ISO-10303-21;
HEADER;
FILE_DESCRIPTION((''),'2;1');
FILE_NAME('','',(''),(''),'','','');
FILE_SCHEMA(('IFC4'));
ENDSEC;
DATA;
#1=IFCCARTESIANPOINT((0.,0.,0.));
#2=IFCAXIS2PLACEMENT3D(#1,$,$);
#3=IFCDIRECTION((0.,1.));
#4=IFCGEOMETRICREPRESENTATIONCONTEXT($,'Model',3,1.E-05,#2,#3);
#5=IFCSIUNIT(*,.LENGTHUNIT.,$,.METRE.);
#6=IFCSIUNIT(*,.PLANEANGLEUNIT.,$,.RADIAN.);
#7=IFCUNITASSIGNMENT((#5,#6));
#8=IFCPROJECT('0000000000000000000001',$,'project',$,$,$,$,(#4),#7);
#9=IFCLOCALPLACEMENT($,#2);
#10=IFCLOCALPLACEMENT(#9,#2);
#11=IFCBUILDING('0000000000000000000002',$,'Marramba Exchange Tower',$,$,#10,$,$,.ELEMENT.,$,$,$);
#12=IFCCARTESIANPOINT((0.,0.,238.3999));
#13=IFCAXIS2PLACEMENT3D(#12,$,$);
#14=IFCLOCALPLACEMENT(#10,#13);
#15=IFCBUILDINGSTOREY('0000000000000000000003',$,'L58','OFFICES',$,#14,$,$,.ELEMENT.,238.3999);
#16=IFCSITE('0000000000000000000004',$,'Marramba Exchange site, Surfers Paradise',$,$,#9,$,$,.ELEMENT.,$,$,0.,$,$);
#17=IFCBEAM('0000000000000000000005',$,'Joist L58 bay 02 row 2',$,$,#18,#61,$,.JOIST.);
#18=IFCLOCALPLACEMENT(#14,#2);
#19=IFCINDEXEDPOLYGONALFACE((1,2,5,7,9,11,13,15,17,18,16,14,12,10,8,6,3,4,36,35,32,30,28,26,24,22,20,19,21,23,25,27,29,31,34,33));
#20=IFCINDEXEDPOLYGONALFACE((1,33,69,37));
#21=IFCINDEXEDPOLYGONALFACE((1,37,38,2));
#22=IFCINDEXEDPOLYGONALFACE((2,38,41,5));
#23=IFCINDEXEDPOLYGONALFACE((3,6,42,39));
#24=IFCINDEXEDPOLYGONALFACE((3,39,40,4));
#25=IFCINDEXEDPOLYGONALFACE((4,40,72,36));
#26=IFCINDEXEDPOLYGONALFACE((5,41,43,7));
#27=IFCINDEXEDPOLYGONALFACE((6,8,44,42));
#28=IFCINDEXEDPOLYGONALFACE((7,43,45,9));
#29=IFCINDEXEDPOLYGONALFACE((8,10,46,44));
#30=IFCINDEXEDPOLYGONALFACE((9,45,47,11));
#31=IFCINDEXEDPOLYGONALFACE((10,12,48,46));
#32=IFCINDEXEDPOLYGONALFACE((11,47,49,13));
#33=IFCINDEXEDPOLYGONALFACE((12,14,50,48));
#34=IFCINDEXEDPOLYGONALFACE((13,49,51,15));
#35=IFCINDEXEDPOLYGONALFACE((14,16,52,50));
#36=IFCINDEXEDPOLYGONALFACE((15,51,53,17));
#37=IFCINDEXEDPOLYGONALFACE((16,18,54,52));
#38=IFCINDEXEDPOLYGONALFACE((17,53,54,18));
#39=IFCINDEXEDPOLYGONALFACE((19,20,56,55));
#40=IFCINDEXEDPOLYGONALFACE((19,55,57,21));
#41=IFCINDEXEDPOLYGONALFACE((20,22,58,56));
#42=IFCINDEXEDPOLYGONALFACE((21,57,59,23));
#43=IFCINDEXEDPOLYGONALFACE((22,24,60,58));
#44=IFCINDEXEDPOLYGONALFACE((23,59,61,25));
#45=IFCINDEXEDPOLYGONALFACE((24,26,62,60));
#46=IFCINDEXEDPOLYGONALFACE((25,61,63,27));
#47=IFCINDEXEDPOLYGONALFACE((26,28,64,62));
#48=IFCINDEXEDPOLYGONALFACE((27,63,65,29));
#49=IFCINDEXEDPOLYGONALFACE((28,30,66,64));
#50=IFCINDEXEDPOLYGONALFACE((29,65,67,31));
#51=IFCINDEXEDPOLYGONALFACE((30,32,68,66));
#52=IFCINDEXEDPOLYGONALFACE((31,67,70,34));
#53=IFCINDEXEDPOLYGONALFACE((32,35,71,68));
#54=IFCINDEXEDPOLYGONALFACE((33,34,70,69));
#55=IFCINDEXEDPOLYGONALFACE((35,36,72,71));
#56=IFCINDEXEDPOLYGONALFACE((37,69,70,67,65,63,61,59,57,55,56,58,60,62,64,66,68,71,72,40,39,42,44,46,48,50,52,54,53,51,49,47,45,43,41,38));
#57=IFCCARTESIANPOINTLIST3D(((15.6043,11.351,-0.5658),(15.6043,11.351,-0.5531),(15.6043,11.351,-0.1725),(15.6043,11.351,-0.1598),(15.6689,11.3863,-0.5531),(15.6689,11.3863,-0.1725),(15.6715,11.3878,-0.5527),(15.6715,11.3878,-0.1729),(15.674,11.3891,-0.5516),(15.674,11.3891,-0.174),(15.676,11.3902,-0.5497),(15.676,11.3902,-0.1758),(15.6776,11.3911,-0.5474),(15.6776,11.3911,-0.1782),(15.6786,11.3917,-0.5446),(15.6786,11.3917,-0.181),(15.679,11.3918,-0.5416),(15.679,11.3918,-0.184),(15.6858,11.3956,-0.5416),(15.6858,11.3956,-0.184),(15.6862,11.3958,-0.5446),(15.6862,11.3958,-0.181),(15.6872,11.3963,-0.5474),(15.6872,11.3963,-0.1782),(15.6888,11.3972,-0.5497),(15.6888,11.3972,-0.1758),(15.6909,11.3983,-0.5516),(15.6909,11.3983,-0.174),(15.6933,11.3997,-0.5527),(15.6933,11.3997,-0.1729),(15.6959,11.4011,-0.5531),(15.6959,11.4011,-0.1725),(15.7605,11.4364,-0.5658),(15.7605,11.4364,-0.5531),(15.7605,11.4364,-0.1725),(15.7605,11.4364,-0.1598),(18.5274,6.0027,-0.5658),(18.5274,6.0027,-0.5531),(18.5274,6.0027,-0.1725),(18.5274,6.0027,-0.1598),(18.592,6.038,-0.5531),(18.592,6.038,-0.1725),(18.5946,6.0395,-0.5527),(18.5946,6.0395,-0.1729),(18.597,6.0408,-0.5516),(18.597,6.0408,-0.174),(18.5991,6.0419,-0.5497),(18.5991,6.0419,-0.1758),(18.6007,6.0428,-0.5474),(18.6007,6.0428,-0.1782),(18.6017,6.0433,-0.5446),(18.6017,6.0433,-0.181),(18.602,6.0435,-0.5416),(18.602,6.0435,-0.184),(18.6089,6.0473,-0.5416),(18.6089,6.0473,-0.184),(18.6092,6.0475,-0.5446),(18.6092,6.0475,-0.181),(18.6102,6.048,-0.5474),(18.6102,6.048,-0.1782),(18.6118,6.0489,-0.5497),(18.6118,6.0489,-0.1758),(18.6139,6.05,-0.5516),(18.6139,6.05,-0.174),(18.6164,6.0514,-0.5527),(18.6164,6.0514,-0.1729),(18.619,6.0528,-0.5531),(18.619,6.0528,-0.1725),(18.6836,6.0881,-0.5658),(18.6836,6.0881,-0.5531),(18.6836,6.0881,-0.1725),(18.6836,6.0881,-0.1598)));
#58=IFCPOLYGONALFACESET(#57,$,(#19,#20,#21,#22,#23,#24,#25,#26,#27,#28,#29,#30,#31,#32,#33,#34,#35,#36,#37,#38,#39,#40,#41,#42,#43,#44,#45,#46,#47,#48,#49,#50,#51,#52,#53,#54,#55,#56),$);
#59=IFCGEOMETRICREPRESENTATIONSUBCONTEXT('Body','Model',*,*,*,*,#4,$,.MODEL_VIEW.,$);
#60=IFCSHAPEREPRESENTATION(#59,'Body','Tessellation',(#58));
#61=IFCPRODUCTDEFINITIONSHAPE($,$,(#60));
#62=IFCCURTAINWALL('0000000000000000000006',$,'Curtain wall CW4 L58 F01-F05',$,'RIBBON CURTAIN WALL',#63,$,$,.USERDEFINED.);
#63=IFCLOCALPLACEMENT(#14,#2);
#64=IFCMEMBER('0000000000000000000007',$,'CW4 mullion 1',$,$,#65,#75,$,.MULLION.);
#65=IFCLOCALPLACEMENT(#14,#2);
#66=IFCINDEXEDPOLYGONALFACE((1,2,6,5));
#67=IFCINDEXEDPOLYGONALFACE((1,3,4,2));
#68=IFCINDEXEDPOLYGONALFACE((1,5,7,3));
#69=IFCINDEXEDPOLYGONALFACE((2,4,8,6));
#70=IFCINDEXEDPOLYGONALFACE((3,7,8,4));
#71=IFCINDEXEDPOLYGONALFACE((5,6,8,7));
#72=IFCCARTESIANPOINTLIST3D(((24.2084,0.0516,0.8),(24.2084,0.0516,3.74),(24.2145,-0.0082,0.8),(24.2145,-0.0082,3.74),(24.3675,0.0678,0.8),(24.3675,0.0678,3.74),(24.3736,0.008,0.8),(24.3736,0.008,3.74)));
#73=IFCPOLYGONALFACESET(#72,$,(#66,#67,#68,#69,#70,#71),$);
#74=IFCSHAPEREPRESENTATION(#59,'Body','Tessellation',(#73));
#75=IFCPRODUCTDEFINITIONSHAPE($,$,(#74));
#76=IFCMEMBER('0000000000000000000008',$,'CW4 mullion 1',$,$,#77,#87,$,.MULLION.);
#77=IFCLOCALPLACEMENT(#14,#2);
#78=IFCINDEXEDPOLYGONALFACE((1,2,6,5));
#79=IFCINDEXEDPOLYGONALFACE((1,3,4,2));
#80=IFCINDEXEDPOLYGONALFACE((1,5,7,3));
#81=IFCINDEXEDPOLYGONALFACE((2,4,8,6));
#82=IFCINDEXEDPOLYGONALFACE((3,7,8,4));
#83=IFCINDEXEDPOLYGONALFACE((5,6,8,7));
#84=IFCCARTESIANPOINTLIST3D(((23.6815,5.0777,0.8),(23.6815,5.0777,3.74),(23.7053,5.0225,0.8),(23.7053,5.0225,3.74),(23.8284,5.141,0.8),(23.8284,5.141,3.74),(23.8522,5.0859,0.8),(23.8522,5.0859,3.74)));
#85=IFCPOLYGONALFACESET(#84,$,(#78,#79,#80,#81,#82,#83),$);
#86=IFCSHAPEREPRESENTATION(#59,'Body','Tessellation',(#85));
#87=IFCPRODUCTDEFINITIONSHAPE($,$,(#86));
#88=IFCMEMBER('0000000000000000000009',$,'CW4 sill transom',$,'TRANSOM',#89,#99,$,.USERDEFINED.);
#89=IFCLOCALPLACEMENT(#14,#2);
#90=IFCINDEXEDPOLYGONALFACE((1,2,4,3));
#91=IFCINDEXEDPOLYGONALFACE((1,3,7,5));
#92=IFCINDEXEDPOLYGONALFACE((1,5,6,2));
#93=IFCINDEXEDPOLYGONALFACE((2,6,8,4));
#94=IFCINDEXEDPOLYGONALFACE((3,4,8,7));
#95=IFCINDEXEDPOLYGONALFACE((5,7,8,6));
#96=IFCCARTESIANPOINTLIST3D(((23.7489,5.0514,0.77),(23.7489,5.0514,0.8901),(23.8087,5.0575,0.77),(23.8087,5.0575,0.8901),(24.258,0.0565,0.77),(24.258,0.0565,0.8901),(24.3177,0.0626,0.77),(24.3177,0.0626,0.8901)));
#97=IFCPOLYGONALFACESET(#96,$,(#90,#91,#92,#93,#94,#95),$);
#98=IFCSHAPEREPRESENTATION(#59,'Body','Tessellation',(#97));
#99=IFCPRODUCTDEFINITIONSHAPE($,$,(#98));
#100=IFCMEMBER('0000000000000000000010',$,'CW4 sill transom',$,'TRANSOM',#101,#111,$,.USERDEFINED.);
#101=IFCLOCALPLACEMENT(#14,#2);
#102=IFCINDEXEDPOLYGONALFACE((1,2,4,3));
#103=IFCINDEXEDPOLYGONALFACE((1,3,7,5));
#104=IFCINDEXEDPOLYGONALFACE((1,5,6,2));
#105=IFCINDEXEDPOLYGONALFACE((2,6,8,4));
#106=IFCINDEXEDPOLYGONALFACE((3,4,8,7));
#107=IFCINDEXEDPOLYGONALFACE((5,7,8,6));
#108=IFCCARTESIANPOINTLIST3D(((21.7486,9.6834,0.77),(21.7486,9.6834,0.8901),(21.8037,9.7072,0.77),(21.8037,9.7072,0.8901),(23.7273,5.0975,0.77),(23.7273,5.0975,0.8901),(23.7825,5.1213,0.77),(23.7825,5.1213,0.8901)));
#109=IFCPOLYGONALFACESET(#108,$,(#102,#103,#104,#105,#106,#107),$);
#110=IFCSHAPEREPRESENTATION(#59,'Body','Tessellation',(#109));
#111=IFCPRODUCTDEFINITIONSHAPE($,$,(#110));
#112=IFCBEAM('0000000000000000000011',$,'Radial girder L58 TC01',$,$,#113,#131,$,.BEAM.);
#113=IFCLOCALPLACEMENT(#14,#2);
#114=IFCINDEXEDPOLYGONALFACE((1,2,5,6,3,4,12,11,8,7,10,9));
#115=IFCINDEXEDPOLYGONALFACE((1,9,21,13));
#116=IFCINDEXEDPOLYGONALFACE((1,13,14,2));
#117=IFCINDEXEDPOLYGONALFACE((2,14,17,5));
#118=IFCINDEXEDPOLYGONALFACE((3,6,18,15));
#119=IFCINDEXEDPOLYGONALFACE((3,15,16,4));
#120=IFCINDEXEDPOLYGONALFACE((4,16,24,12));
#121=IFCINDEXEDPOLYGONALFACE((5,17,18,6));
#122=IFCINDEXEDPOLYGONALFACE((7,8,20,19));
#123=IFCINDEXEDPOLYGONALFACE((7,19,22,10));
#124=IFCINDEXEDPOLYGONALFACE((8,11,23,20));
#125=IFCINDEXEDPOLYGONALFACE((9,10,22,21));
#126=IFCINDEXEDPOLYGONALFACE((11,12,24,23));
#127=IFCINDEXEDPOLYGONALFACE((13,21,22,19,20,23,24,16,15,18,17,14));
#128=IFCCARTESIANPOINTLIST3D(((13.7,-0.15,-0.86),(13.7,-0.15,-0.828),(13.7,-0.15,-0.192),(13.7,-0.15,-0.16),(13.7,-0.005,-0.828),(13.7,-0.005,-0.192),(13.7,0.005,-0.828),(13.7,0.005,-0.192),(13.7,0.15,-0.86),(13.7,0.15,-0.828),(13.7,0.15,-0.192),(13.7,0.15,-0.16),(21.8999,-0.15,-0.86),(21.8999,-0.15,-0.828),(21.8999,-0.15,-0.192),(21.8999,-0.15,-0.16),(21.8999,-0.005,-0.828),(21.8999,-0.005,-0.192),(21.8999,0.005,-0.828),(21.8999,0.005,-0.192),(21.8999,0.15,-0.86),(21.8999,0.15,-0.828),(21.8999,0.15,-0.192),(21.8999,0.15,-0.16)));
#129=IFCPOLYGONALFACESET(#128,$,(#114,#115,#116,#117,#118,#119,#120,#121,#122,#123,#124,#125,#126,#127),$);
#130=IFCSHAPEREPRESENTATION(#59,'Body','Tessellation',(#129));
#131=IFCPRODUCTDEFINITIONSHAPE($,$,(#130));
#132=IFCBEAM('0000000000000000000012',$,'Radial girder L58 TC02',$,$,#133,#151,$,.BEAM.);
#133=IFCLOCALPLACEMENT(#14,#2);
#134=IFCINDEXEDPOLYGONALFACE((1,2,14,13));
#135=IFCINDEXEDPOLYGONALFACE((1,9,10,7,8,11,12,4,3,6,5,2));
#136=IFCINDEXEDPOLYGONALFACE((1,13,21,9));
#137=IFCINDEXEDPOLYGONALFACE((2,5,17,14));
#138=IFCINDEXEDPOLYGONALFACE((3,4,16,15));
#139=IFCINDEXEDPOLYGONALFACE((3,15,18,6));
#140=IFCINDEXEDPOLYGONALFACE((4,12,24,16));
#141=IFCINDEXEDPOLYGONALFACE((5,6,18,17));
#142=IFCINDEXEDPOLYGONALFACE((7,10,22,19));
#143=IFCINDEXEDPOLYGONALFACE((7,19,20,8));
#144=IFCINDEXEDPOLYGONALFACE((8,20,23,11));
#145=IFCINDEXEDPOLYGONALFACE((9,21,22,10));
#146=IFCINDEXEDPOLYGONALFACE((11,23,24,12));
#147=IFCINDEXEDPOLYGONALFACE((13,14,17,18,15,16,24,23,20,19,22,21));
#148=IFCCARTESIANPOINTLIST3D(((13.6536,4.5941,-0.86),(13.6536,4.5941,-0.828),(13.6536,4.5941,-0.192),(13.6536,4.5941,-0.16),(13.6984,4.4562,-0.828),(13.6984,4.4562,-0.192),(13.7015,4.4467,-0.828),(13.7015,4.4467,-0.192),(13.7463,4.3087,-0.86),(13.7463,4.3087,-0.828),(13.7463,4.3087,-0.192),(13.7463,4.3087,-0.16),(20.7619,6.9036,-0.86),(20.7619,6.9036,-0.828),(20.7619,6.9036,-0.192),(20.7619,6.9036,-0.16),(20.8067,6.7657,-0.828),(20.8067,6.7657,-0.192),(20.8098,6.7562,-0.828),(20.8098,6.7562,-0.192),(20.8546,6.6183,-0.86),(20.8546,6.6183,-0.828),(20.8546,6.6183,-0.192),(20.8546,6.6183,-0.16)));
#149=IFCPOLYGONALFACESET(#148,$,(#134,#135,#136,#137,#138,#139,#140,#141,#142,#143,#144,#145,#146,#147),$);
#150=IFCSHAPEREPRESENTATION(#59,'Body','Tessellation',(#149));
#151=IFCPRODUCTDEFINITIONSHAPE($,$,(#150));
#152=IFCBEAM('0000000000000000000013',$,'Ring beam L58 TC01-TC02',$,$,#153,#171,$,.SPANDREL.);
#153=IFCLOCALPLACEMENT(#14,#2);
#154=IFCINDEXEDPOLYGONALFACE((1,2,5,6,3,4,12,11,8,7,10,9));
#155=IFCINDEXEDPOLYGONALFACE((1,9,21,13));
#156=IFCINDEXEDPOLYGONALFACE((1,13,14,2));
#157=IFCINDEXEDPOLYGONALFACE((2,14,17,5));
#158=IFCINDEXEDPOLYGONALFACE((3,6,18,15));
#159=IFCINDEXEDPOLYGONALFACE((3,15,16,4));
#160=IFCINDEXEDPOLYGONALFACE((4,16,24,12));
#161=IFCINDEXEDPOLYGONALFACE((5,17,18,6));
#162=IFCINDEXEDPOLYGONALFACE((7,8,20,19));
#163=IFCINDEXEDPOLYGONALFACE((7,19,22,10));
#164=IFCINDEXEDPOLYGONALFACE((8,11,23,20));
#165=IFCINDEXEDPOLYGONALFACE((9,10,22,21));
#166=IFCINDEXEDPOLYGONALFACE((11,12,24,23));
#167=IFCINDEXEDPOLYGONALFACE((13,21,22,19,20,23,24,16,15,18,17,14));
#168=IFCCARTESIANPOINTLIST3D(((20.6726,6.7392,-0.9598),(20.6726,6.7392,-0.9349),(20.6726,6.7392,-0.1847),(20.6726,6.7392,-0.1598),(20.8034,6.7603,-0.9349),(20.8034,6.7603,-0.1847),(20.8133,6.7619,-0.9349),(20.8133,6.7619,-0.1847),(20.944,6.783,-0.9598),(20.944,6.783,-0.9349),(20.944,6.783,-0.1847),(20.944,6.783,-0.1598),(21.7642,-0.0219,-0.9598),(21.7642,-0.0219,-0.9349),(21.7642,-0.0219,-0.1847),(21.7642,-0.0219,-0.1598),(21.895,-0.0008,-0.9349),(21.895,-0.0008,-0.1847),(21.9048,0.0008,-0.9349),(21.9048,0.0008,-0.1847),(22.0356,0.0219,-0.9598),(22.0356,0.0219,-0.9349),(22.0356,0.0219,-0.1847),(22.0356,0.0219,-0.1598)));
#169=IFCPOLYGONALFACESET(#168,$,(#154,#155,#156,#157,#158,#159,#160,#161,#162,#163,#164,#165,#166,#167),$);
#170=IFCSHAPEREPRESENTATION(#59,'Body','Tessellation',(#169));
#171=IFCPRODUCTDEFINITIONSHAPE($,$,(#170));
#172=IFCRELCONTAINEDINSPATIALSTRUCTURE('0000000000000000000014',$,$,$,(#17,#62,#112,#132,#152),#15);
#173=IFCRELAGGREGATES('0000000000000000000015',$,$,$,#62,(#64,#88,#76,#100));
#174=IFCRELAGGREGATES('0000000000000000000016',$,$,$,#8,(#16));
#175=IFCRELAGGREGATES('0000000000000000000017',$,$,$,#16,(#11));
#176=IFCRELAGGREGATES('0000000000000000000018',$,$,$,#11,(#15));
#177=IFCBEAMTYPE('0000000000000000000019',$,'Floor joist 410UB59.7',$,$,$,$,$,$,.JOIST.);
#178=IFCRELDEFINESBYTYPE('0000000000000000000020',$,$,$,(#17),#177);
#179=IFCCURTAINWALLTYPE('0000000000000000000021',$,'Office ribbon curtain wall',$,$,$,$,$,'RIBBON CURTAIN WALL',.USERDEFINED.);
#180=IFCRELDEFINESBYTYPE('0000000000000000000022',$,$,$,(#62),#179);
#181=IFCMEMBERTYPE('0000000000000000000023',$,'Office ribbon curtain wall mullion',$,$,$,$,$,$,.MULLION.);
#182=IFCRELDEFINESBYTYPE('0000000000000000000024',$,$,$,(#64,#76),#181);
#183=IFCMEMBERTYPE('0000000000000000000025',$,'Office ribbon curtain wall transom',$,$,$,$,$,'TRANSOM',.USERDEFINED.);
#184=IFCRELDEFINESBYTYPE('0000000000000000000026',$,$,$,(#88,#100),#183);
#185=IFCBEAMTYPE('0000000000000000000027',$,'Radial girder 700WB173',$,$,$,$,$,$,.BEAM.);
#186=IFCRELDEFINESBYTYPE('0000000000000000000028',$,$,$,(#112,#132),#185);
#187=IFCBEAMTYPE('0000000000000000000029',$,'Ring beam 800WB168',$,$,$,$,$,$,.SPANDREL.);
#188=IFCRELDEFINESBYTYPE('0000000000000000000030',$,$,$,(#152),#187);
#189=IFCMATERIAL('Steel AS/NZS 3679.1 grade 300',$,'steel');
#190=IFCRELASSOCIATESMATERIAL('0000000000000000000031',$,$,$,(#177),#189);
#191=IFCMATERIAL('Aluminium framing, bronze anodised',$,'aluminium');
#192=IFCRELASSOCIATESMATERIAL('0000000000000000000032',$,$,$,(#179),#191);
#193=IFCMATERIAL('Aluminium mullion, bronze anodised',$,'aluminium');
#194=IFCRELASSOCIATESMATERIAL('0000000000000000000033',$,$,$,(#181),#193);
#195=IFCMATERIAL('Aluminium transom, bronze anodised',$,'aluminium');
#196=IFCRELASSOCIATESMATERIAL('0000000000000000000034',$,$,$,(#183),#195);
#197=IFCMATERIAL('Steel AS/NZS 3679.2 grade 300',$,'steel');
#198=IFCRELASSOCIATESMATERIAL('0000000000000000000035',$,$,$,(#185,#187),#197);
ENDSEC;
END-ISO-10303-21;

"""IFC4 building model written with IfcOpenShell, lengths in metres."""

from ifc_helpers import new_model, si_unit, direction, frame, origin, origin_2d, place, context, subcontext, project, spatial, rectangle, i_section, extrude, material, material_profile, profile_set, type_object, element, aggregate, save


model = new_model("IFC4")

# Units and contexts
model_context = context("Model", 3, precision=1e-05, world=origin(), true_north=direction((0.0, 1.0)))
body_context = subcontext(model_context, "Body", "Model", "MODEL_VIEW")
ifc_project = project(units=[si_unit("LENGTHUNIT", "METRE"), si_unit("PLANEANGLEUNIT", "RADIAN")], contexts=[model_context])

# Site, building, storey
site_placement = place(None, origin())
site = spatial("IfcSite", under=ifc_project, at=site_placement, Name="Marramba Exchange site, Surfers Paradise", CompositionType="ELEMENT", RefElevation=0.0)
building_placement = place(site_placement, origin())
building = spatial("IfcBuilding", under=site, at=building_placement, Name="Marramba Exchange Tower", CompositionType="ELEMENT")
storey_placement = place(building_placement, frame((0.0, 0.0, 238.3999)))
storey = spatial("IfcBuildingStorey", under=building, at=storey_placement, Name="L58", Description="OFFICES", CompositionType="ELEMENT", Elevation=238.3999)

# Beam
ifc_material_1 = material(Name="Steel AS/NZS 3679.2 grade 300", Category="steel")
ifc_material_2 = material(Name="Steel AS/NZS 3679.1 grade 300", Category="steel")
ifc_material_profile_1 = material_profile(ifc_material_2, i_section(OverallWidth=0.178, OverallDepth=0.406, WebThickness=0.0078, FlangeThickness=0.0127, FilletRadius=0.0115, at=origin_2d()), Name="410UB59.7")
ifc_profile_set_1 = profile_set([ifc_material_profile_1], Name="Steel AS/NZS 3679.1 grade 300")
beam_type_1 = type_object("IfcBeamType", Name="Floor joist 410UB59.7", PredefinedType="JOIST", material=ifc_profile_set_1)
beam_1_placement = place(storey_placement, frame((18.6055, 6.0454, -0.3628), z_axis=(-0.479584, 0.877496, 0.0), x_axis=(-0.877496, -0.479584, 0.0)))
element("IfcBeam", 1, at=beam_1_placement, inside=storey, type_object=beam_type_1, Name="Joist L58 bay 02 row 2", PredefinedType="JOIST", context=body_context, shape_type="SweptSolid", body=[
    extrude(i_section(OverallWidth=0.178, OverallDepth=0.406, WebThickness=0.0078, FlangeThickness=0.0127, FilletRadius=0.0115, at=origin_2d()), origin(), (0.0, 0.0, 1.0), 6.095),
])

# Curtain wall, members
ifc_material_3 = material(Name="Aluminium framing, bronze anodised", Category="aluminium")
curtain_wall_type = type_object("IfcCurtainWallType", Name="Office ribbon curtain wall", ElementType="RIBBON CURTAIN WALL", PredefinedType="USERDEFINED", material=ifc_material_3)
curtain_wall_placement = place(storey_placement, origin())
curtain_wall = element("IfcCurtainWall", 2, at=curtain_wall_placement, inside=storey, type_object=curtain_wall_type, Name="Curtain wall CW4 L58 F01-F05", ObjectType="RIBBON CURTAIN WALL", PredefinedType="USERDEFINED")
ifc_material_4 = material(Name="Aluminium mullion, bronze anodised", Category="aluminium")
ifc_material_profile_2 = material_profile(ifc_material_4, rectangle(XDim=0.1599, YDim=0.0601, at=origin_2d()), Name="CW4 mullion 60x160")
ifc_profile_set_2 = profile_set([ifc_material_profile_2], Name="Aluminium mullion, bronze anodised")
member_type_1 = type_object("IfcMemberType", Name="Office ribbon curtain wall mullion", PredefinedType="MULLION", material=ifc_profile_set_2)
member_1_placement = place(storey_placement, frame((24.291, 0.0298, 0.8), z_axis=(0.0, 0.0, 1.0), x_axis=(-0.994843, -0.101422, 0.0)))
member_1 = element("IfcMember", 3, at=member_1_placement, type_object=member_type_1, Name="CW4 mullion 1", PredefinedType="MULLION", context=body_context, shape_type="SweptSolid", body=[
    extrude(rectangle(XDim=0.1599, YDim=0.0601, at=origin_2d()), origin(), (0.0, 0.0, 1.0), 2.9399),
])
member_2_placement = place(storey_placement, frame((23.7668, 5.0818, 0.8), z_axis=(0.0, 0.0, 1.0), x_axis=(-0.918167, -0.396193, 0.0)))
member_2 = element("IfcMember", 4, at=member_2_placement, type_object=member_type_1, Name="CW4 mullion 1", PredefinedType="MULLION", context=body_context, shape_type="SweptSolid", body=[
    extrude(rectangle(XDim=0.1599, YDim=0.0601, at=origin_2d()), origin(), (0.0, 0.0, 1.0), 2.9399),
])
ifc_material_5 = material(Name="Aluminium transom, bronze anodised", Category="aluminium")
ifc_material_profile_3 = material_profile(ifc_material_5, rectangle(XDim=0.0601, YDim=0.1201, at=origin_2d()), Name="CW4 transom 60x120")
ifc_profile_set_3 = profile_set([ifc_material_profile_3], Name="Aluminium transom, bronze anodised")
member_type_2 = type_object("IfcMemberType", Name="Office ribbon curtain wall transom", ElementType="TRANSOM", PredefinedType="USERDEFINED", material=ifc_profile_set_3)
member_3_placement = place(storey_placement, frame((24.2878, 0.0596, 0.8301), z_axis=(-0.101386, 0.994847, 0.0), x_axis=(-0.994847, -0.101386, 0.0)))
member_3 = element("IfcMember", 5, at=member_3_placement, type_object=member_type_2, Name="CW4 sill transom", ObjectType="TRANSOM", PredefinedType="USERDEFINED", context=body_context, shape_type="SweptSolid", body=[
    extrude(rectangle(XDim=0.0601, YDim=0.1201, at=origin_2d()), origin(), (0.0, 0.0, 1.0), 5.0208),
])
member_4_placement = place(storey_placement, frame((23.7549, 5.1094, 0.8301), z_axis=(-0.396178, 0.918174, 0.0), x_axis=(-0.918174, -0.396178, 0.0)))
member_4 = element("IfcMember", 6, at=member_4_placement, type_object=member_type_2, Name="CW4 sill transom", ObjectType="TRANSOM", PredefinedType="USERDEFINED", context=body_context, shape_type="SweptSolid", body=[
    extrude(rectangle(XDim=0.0601, YDim=0.1201, at=origin_2d()), origin(), (0.0, 0.0, 1.0), 4.9946),
])

# Beams
ifc_material_profile_4 = material_profile(ifc_material_1, i_section(OverallWidth=0.3, OverallDepth=0.7, WebThickness=0.01, FlangeThickness=0.032, at=origin_2d()), Name="700WB173")
ifc_profile_set_4 = profile_set([ifc_material_profile_4], Name="Steel AS/NZS 3679.2 grade 300")
beam_type_2 = type_object("IfcBeamType", Name="Radial girder 700WB173", PredefinedType="BEAM", material=ifc_profile_set_4)
beam_2_placement = place(storey_placement, frame((13.7, 0.0, -0.51), z_axis=(1.0, 0.0, 0.0), x_axis=(0.0, 1.0, 0.0)))
element("IfcBeam", 7, at=beam_2_placement, inside=storey, type_object=beam_type_2, Name="Radial girder L58 TC01", PredefinedType="BEAM", context=body_context, shape_type="SweptSolid", body=[
    extrude(i_section(OverallWidth=0.3, OverallDepth=0.7, WebThickness=0.01, FlangeThickness=0.032, at=origin_2d()), origin(), (0.0, 0.0, 1.0), 8.2),
])
beam_3_placement = place(storey_placement, frame((13.7, 4.4514, -0.51), z_axis=(0.95106, 0.309006, 0.0), x_axis=(-0.309006, 0.95106, 0.0)))
element("IfcBeam", 8, at=beam_3_placement, inside=storey, type_object=beam_type_2, Name="Radial girder L58 TC02", PredefinedType="BEAM", context=body_context, shape_type="SweptSolid", body=[
    extrude(i_section(OverallWidth=0.3, OverallDepth=0.7, WebThickness=0.01, FlangeThickness=0.032, at=origin_2d()), origin(), (0.0, 0.0, 1.0), 7.4741),
])
ifc_material_profile_5 = material_profile(ifc_material_1, i_section(OverallWidth=0.2749, OverallDepth=0.8, WebThickness=0.01, FlangeThickness=0.0249, at=origin_2d()), Name="800WB168")
ifc_profile_set_5 = profile_set([ifc_material_profile_5], Name="Steel AS/NZS 3679.2 grade 300")
beam_type_3 = type_object("IfcBeamType", Name="Ring beam 800WB168", PredefinedType="SPANDREL", material=ifc_profile_set_5)
beam_4_placement = place(storey_placement, frame((21.8999, 0.0, -0.5598), z_axis=(-0.159385, 0.987217, 0.0), x_axis=(-0.987217, -0.159385, 0.0)))
element("IfcBeam", 9, at=beam_4_placement, inside=storey, type_object=beam_type_3, Name="Ring beam L58 TC01-TC02", PredefinedType="SPANDREL", context=body_context, shape_type="SweptSolid", body=[
    extrude(i_section(OverallWidth=0.2749, OverallDepth=0.8, WebThickness=0.01, FlangeThickness=0.0249, at=origin_2d()), origin(), (0.0, 0.0, 1.0), 6.8486),
])

aggregate(curtain_wall, [member_1, member_3, member_2, member_4])

save(model, "model.ifc")
